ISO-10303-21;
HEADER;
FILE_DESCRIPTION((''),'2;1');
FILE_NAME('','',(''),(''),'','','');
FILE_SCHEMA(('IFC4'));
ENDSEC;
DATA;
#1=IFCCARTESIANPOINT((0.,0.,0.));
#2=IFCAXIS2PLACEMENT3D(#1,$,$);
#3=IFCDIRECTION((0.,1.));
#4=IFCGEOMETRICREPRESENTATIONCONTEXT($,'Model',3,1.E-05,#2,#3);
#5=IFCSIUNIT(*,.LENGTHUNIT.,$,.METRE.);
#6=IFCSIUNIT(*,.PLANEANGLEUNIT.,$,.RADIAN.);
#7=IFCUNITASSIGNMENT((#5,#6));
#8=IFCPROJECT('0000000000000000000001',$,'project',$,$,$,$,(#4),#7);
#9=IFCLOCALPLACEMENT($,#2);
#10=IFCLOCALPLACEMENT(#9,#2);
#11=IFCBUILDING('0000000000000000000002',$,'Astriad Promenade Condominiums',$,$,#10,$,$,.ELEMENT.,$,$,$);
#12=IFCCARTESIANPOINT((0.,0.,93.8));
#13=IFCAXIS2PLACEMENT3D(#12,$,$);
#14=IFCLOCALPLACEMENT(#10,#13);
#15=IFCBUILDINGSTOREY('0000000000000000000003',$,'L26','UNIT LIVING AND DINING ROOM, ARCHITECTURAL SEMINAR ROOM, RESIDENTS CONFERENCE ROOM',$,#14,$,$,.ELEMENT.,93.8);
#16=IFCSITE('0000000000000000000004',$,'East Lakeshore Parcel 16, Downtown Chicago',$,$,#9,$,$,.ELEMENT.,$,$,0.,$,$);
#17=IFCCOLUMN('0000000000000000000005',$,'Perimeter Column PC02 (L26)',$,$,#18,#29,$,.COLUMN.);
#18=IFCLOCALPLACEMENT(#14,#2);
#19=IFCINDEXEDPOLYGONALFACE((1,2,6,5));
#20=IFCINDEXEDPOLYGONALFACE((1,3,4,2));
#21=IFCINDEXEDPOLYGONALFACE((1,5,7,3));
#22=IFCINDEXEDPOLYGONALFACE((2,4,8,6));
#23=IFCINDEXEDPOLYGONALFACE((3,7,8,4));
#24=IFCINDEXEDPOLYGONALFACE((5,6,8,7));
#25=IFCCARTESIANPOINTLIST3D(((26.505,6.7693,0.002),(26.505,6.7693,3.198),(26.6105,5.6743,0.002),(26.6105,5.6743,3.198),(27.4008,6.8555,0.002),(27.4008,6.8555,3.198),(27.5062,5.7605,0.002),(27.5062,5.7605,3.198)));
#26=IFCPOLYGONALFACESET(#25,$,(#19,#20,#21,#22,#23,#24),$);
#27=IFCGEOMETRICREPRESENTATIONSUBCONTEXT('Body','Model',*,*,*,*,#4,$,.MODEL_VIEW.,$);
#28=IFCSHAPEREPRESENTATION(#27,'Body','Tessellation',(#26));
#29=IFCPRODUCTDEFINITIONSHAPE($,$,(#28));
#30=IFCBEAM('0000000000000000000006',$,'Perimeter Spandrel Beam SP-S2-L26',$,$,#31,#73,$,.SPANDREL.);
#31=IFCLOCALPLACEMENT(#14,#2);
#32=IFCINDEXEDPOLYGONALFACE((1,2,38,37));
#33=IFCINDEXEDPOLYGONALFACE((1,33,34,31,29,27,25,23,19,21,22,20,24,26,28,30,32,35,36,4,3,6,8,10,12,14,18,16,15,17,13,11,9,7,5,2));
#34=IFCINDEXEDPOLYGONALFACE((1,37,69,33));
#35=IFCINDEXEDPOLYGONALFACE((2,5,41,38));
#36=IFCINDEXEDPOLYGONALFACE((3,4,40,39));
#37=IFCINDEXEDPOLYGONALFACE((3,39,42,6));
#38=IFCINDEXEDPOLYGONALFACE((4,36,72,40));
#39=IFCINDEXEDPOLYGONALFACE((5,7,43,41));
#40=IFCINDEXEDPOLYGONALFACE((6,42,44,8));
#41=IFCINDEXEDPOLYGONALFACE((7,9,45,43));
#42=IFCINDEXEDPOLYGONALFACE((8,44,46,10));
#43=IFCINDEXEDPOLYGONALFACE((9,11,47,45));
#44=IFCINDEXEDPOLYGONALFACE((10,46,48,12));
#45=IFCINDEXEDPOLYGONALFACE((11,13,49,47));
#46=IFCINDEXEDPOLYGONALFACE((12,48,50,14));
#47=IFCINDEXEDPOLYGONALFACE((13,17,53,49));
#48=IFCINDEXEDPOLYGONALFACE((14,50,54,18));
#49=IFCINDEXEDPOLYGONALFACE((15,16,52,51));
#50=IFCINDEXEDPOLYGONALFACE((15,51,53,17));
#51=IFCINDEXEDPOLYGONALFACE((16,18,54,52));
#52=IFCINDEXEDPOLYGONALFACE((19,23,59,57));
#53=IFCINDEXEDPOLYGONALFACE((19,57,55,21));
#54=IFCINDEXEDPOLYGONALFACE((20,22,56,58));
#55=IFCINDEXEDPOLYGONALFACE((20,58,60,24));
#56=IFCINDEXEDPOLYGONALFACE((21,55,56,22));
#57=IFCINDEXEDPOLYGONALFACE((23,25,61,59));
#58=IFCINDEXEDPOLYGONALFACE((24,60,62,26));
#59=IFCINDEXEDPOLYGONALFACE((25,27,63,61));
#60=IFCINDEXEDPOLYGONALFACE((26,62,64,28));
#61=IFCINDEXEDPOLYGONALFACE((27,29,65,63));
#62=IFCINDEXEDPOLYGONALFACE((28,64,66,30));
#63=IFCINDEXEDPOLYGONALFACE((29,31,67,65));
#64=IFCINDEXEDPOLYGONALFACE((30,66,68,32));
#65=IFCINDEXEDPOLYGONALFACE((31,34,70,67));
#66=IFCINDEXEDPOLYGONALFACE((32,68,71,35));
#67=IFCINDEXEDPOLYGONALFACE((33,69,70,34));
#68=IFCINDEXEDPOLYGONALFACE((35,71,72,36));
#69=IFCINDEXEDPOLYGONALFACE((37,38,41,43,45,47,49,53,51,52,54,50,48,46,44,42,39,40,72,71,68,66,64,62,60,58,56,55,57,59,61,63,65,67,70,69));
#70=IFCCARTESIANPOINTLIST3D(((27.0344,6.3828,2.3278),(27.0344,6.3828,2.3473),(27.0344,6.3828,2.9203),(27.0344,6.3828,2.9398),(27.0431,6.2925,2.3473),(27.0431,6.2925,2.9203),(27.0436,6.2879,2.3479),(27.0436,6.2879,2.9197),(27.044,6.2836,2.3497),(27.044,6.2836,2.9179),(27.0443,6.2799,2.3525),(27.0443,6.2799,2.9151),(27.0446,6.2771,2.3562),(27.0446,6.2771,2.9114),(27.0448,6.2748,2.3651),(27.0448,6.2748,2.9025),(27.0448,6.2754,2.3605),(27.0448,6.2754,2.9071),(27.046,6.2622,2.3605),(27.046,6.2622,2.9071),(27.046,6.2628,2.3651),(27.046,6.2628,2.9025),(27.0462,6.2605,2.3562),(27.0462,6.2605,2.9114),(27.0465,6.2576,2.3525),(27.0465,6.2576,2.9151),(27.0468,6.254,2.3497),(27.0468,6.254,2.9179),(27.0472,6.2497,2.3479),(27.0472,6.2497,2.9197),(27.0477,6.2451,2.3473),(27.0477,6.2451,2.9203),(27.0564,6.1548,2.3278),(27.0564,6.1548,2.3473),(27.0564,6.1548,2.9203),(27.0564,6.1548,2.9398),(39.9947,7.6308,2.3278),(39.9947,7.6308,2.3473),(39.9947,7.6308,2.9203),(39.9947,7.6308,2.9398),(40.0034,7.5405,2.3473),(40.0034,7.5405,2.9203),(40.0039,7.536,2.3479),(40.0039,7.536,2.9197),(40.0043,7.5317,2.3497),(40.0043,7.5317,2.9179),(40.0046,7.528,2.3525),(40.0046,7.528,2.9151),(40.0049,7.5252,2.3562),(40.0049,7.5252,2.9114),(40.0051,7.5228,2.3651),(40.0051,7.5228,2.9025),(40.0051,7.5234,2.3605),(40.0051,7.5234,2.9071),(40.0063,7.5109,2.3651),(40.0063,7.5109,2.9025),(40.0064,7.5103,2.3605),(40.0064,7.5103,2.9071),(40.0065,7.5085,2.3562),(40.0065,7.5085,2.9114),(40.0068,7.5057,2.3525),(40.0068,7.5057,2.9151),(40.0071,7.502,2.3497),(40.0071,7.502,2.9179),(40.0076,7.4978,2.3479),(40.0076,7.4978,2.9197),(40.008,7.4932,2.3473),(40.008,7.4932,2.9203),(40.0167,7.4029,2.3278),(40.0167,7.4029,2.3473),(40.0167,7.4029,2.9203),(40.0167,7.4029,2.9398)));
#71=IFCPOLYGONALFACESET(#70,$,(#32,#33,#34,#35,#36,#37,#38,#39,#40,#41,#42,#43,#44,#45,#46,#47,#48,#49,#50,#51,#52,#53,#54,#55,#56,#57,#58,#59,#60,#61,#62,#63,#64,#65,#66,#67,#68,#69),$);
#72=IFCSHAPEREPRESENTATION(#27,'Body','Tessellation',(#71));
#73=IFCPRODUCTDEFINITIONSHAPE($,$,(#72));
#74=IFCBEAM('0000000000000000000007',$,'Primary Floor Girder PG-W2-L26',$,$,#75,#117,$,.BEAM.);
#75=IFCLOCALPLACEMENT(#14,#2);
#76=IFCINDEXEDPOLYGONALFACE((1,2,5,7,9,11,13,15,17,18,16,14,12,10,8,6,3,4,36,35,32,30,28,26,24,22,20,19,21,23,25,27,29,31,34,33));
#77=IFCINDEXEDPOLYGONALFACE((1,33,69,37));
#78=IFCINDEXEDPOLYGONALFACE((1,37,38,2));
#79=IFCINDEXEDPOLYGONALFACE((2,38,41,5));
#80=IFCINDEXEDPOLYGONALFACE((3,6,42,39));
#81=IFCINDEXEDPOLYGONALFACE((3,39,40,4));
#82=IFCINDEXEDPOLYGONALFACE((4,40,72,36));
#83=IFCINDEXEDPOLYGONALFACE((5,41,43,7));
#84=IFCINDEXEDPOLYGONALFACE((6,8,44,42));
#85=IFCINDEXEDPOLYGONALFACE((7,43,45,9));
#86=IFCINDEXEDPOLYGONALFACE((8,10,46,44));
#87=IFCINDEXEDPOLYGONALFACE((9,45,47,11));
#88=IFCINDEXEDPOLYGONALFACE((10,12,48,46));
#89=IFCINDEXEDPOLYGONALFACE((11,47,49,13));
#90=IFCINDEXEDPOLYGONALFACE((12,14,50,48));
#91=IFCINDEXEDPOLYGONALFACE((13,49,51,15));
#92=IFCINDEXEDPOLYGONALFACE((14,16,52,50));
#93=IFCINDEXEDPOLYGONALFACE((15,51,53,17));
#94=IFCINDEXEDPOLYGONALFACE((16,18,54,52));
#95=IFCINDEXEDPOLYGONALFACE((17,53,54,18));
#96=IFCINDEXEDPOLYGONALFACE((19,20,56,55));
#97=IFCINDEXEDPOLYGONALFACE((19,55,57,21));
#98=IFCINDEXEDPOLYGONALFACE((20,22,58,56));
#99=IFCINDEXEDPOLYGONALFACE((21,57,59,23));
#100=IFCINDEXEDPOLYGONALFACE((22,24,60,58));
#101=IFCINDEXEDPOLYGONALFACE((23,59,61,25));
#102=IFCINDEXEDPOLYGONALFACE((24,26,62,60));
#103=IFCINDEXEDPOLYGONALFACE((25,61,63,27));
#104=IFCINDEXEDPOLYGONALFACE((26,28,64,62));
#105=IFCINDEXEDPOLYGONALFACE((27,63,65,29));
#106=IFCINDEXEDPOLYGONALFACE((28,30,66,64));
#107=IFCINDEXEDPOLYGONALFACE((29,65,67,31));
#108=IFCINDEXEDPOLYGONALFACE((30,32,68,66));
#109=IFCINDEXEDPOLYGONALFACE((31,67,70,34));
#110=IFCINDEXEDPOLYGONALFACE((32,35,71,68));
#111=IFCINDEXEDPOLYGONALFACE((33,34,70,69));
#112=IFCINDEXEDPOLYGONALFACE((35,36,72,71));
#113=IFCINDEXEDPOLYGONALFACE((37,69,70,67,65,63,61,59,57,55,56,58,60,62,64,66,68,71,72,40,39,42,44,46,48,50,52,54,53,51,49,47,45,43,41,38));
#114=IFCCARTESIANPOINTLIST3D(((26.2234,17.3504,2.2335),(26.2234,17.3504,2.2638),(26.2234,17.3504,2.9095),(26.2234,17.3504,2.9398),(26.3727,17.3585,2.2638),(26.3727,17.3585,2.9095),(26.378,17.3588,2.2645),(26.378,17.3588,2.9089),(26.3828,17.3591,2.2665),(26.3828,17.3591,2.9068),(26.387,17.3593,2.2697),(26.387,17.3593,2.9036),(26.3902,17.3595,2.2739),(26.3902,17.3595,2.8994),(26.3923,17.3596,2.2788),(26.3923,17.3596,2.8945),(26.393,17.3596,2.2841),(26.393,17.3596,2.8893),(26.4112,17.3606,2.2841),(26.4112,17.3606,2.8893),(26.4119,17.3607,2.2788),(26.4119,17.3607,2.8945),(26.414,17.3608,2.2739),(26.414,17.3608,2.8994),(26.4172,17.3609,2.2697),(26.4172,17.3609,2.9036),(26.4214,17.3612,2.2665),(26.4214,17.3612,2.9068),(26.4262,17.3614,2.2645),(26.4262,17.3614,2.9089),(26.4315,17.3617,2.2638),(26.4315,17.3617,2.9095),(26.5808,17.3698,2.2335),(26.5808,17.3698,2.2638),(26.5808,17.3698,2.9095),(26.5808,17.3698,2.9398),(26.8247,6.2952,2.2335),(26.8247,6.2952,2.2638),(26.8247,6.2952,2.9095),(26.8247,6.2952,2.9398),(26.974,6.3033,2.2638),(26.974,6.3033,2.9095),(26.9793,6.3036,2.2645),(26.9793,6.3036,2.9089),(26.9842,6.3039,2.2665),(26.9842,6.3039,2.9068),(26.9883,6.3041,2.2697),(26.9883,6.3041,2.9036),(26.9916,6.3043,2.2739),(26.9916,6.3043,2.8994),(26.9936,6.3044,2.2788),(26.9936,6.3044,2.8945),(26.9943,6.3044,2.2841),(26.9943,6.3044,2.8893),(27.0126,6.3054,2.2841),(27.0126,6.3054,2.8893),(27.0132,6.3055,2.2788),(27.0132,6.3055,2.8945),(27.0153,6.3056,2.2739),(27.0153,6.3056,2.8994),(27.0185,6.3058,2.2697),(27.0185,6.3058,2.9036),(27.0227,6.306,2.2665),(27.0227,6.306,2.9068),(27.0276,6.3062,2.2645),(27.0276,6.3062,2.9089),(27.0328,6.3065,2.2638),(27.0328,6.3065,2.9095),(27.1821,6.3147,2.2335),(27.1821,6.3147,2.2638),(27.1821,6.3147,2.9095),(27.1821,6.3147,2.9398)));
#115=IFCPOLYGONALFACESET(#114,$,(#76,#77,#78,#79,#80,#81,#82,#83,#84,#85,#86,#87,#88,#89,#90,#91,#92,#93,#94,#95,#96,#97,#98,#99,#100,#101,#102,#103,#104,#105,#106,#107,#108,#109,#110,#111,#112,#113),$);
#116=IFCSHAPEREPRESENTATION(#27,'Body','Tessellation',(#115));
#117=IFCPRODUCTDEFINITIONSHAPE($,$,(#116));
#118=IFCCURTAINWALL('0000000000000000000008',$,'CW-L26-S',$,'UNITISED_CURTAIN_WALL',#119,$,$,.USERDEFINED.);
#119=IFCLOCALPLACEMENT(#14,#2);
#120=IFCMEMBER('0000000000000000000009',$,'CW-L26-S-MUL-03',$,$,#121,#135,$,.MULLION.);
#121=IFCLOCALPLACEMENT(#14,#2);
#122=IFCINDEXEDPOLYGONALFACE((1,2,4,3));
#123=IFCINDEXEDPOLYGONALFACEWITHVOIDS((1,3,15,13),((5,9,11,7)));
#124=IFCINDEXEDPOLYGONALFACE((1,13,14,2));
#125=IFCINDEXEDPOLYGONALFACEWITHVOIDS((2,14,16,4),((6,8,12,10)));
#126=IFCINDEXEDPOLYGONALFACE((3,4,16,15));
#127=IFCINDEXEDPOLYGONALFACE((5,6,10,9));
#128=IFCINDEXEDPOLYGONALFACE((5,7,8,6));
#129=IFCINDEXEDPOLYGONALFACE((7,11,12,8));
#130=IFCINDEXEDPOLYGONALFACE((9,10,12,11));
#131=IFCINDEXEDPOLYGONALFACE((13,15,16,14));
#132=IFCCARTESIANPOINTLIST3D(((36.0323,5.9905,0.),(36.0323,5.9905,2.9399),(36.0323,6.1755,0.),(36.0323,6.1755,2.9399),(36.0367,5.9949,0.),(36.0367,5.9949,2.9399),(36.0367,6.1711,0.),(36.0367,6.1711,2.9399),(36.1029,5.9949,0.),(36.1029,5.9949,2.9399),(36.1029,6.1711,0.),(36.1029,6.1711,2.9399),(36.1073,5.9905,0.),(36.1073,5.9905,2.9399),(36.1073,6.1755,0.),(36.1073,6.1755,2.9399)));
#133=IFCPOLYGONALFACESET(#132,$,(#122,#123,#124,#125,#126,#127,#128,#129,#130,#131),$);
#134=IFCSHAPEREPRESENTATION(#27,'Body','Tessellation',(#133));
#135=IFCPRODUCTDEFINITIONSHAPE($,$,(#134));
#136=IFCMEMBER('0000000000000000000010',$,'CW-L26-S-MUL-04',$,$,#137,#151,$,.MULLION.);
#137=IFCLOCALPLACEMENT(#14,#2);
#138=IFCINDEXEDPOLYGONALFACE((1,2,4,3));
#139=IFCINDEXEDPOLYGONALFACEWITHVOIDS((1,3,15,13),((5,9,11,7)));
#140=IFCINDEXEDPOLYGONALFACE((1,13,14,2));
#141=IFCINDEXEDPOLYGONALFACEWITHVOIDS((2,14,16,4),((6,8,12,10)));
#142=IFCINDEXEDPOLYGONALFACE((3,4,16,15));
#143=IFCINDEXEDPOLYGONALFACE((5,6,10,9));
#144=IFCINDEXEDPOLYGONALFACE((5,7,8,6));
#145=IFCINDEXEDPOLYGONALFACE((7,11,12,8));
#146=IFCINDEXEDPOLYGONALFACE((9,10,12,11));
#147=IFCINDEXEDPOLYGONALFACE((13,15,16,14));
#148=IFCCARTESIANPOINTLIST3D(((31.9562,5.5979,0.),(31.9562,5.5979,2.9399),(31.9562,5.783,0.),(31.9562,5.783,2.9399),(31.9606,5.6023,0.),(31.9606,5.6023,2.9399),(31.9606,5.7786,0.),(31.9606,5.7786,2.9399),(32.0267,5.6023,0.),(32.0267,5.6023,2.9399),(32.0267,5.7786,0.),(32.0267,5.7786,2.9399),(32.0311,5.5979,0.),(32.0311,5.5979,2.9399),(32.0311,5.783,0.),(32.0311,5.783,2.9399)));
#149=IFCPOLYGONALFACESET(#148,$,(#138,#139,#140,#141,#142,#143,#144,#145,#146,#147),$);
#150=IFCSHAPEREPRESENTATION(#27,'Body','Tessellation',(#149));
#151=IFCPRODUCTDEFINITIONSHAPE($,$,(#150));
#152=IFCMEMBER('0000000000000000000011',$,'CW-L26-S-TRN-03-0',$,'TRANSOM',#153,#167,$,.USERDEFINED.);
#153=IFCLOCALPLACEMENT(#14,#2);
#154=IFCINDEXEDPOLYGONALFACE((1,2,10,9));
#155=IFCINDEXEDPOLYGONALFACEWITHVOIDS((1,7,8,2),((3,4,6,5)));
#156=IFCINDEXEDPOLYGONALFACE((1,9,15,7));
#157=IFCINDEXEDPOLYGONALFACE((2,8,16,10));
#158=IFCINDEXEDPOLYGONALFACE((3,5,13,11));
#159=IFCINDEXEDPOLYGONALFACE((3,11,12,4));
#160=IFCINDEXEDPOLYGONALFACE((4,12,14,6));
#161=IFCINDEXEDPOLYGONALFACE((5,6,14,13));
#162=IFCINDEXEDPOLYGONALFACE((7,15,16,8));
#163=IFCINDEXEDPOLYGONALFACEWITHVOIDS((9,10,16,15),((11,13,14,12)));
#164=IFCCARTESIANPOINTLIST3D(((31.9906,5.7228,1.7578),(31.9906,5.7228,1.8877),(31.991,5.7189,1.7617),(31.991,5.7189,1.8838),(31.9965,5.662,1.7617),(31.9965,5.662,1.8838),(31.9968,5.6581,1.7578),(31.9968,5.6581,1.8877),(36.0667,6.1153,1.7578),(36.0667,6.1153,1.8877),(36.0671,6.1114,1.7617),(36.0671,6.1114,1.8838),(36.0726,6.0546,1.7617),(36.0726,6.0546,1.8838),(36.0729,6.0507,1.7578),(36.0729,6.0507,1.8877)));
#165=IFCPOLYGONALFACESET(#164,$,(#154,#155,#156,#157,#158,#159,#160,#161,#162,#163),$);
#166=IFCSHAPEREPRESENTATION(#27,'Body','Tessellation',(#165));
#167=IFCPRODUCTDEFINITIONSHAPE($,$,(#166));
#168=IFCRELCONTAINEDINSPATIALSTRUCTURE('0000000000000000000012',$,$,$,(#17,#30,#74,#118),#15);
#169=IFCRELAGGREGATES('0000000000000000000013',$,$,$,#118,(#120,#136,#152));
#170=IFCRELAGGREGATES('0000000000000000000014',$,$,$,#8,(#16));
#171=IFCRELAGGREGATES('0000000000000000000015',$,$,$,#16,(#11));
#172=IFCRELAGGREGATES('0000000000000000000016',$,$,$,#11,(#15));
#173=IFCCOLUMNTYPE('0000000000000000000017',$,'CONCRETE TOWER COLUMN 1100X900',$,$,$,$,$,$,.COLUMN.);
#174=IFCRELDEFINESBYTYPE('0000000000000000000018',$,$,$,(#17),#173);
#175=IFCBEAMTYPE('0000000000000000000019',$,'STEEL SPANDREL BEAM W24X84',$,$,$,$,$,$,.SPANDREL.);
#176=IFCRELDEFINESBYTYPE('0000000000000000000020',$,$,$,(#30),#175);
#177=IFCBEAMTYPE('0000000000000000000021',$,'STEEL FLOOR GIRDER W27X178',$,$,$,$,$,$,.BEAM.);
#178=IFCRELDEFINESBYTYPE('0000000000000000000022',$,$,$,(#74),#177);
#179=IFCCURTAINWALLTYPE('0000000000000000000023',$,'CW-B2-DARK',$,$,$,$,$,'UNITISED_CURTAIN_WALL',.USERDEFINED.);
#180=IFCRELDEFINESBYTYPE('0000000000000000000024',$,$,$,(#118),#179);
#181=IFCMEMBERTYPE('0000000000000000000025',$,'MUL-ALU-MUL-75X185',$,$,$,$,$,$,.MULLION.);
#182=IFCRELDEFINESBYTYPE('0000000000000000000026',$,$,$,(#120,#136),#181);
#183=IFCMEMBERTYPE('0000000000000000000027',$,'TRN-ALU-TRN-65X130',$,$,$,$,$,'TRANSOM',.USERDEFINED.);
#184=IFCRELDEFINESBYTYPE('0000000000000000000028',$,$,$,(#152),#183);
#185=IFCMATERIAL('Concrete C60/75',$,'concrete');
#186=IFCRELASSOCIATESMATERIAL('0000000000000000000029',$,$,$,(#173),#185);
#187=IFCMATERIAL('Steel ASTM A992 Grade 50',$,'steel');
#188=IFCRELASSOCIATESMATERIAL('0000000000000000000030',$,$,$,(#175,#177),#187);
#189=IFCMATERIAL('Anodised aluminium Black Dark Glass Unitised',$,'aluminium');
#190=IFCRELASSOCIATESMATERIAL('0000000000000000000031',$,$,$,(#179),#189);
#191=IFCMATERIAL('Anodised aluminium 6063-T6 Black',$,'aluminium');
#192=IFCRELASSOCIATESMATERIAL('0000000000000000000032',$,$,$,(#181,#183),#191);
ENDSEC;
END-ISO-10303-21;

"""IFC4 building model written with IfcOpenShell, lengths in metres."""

from ifc_helpers import new_model, si_unit, direction, frame, origin, origin_2d, place, context, subcontext, project, spatial, rectangle, hollow_rectangle, i_section, extrude, source, transform, mapped, material, material_profile, profile_set, type_object, type_shapes, element, aggregate, save


model = new_model("IFC4")

# Units and contexts
model_context = context("Model", 3, precision=1e-05, world=origin(), true_north=direction((0.0, 1.0)))
body_context = subcontext(model_context, "Body", "Model", "MODEL_VIEW")
ifc_project = project(units=[si_unit("LENGTHUNIT", "METRE"), si_unit("PLANEANGLEUNIT", "RADIAN")], contexts=[model_context])

# Site, building, storey
site_placement = place(None, origin())
site = spatial("IfcSite", under=ifc_project, at=site_placement, Name="East Lakeshore Parcel 16, Downtown Chicago", CompositionType="ELEMENT", RefElevation=0.0)
building_placement = place(site_placement, origin())
building = spatial("IfcBuilding", under=site, at=building_placement, Name="Astriad Promenade Condominiums", CompositionType="ELEMENT")
storey_placement = place(building_placement, frame((0.0, 0.0, 93.8)))
storey = spatial("IfcBuildingStorey", under=building, at=storey_placement, Name="L26", Description="UNIT LIVING AND DINING ROOM, ARCHITECTURAL SEMINAR ROOM, RESIDENTS CONFERENCE ROOM", CompositionType="ELEMENT", Elevation=93.8)

# Column
ifc_material_1 = material(Name="Concrete C60/75", Category="concrete")
ifc_material_profile_1 = material_profile(ifc_material_1, rectangle(XDim=0.8999, YDim=1.1001, at=origin_2d()), Name="RC-COL-1100X900")
ifc_profile_set_1 = profile_set([ifc_material_profile_1], Name="Concrete C60/75")
column_type = type_object("IfcColumnType", Name="CONCRETE TOWER COLUMN 1100X900", PredefinedType="COLUMN", material=ifc_profile_set_1)
shared_shape_1 = source(origin(), body_context, "Body", "SweptSolid", [
    extrude(rectangle(XDim=0.8999, YDim=1.1001, at=origin_2d()), origin(), (0.0, 0.0, 1.0), 3.196),
])
type_shapes(column_type, [shared_shape_1])
column_placement = place(storey_placement, frame((27.0056, 6.2649, 0.002), z_axis=(0.0, 0.0, 1.0), x_axis=(0.995396, 0.095846, 0.0)))
element("IfcColumn", 1, at=column_placement, inside=storey, type_object=column_type, Name="Perimeter Column PC02 (L26)", PredefinedType="COLUMN", context=body_context, shape_type="MappedRepresentation", body=[
    mapped(shared_shape_1, transform((0.0, 0.0, 0.0), scale=1.0)),
])

# Beams
ifc_material_2 = material(Name="Steel ASTM A992 Grade 50", Category="steel")
ifc_material_profile_2 = material_profile(ifc_material_2, i_section(OverallWidth=0.229, OverallDepth=0.6121, WebThickness=0.012, FlangeThickness=0.0195, FilletRadius=0.0178, at=origin_2d()), Name="W24X84")
ifc_profile_set_2 = profile_set([ifc_material_profile_2], Name="Steel ASTM A992 Grade 50")
beam_type_1 = type_object("IfcBeamType", Name="STEEL SPANDREL BEAM W24X84", PredefinedType="SPANDREL", material=ifc_profile_set_2)
shared_shape_2 = source(origin(), body_context, "Body", "SweptSolid", [
    extrude(i_section(OverallWidth=0.229, OverallDepth=0.6121, WebThickness=0.012, FlangeThickness=0.0195, FilletRadius=0.0178, at=origin_2d()), origin(), (0.0, 0.0, 1.0), 13.0203),
])
type_shapes(beam_type_1, [shared_shape_2])
beam_1_placement = place(storey_placement, frame((27.0454, 6.2688, 2.6338), z_axis=(0.995395, 0.095855, 0.0), x_axis=(-0.095855, 0.995395, 0.0)))
element("IfcBeam", 2, at=beam_1_placement, inside=storey, type_object=beam_type_1, Name="Perimeter Spandrel Beam SP-S2-L26", PredefinedType="SPANDREL", context=body_context, shape_type="MappedRepresentation", body=[
    mapped(shared_shape_2, transform((0.0, 0.0, 0.0), scale=1.0)),
])
ifc_material_profile_3 = material_profile(ifc_material_2, i_section(OverallWidth=0.3579, OverallDepth=0.7063, WebThickness=0.0183, FlangeThickness=0.0303, FilletRadius=0.0203, at=origin_2d()), Name="W27X178")
ifc_profile_set_3 = profile_set([ifc_material_profile_3], Name="Steel ASTM A992 Grade 50")
beam_type_2 = type_object("IfcBeamType", Name="STEEL FLOOR GIRDER W27X178", PredefinedType="BEAM", material=ifc_profile_set_3)
shared_shape_3 = source(origin(), body_context, "Body", "SweptSolid", [
    extrude(i_section(OverallWidth=0.3579, OverallDepth=0.7063, WebThickness=0.0183, FlangeThickness=0.0303, FilletRadius=0.0203, at=origin_2d()), origin(), (0.0, 0.0, 1.0), 11.0715),
])
type_shapes(beam_type_2, [shared_shape_3])
beam_2_placement = place(storey_placement, frame((27.0034, 6.3049, 2.5867), z_axis=(-0.054312, 0.998524, 0.0), x_axis=(-0.998524, -0.054312, 0.0)))
element("IfcBeam", 3, at=beam_2_placement, inside=storey, type_object=beam_type_2, Name="Primary Floor Girder PG-W2-L26", PredefinedType="BEAM", context=body_context, shape_type="MappedRepresentation", body=[
    mapped(shared_shape_3, transform((0.0, 0.0, 0.0), scale=1.0)),
])

# Curtain wall, members
ifc_material_3 = material(Name="Anodised aluminium Black Dark Glass Unitised", Category="aluminium")
curtain_wall_type = type_object("IfcCurtainWallType", Name="CW-B2-DARK", ElementType="UNITISED_CURTAIN_WALL", PredefinedType="USERDEFINED", material=ifc_material_3)
curtain_wall_placement = place(storey_placement, origin())
curtain_wall = element("IfcCurtainWall", 4, at=curtain_wall_placement, inside=storey, type_object=curtain_wall_type, Name="CW-L26-S", ObjectType="UNITISED_CURTAIN_WALL", PredefinedType="USERDEFINED")
ifc_material_4 = material(Name="Anodised aluminium 6063-T6 Black", Category="aluminium")
ifc_material_profile_4 = material_profile(ifc_material_4, hollow_rectangle(XDim=0.075, YDim=0.1851, WallThickness=0.0044, at=origin_2d()), Name="ALU-MUL-75X185")
ifc_profile_set_4 = profile_set([ifc_material_profile_4], Name="Anodised aluminium 6063-T6 Black")
member_type_1 = type_object("IfcMemberType", Name="MUL-ALU-MUL-75X185", PredefinedType="MULLION", material=ifc_profile_set_4)
shared_shape_4 = source(origin(), body_context, "Body", "SweptSolid", [
    extrude(hollow_rectangle(XDim=0.075, YDim=0.1851, WallThickness=0.0044, at=origin_2d()), origin(), (0.0, 0.0, 1.0), 2.9399),
])
type_shapes(member_type_1, [shared_shape_4])
member_1_placement = place(storey_placement, frame((36.0698, 6.083, 0.0), z_axis=(0.0, 0.0, 1.0), x_axis=(1.0, 0.0, 0.0)))
member_1 = element("IfcMember", 5, at=member_1_placement, type_object=member_type_1, Name="CW-L26-S-MUL-03", PredefinedType="MULLION", context=body_context, shape_type="MappedRepresentation", body=[
    mapped(shared_shape_4, transform((0.0, 0.0, 0.0), scale=1.0)),
])
member_2_placement = place(storey_placement, frame((31.9937, 5.6904, 0.0), z_axis=(0.0, 0.0, 1.0), x_axis=(1.0, 0.0, 0.0)))
member_2 = element("IfcMember", 6, at=member_2_placement, type_object=member_type_1, Name="CW-L26-S-MUL-04", PredefinedType="MULLION", context=body_context, shape_type="MappedRepresentation", body=[
    mapped(shared_shape_4, transform((0.0, 0.0, 0.0), scale=1.0)),
])
ifc_material_profile_5 = material_profile(ifc_material_4, hollow_rectangle(XDim=0.0649, YDim=0.1299, WallThickness=0.0039, at=origin_2d()), Name="ALU-TRN-65X130")
ifc_profile_set_5 = profile_set([ifc_material_profile_5], Name="Anodised aluminium 6063-T6 Black")
member_type_2 = type_object("IfcMemberType", Name="TRN-ALU-TRN-65X130", ElementType="TRANSOM", PredefinedType="USERDEFINED", material=ifc_profile_set_5)
shared_shape_5 = source(origin(), body_context, "Body", "SweptSolid", [
    extrude(hollow_rectangle(XDim=0.0649, YDim=0.1299, WallThickness=0.0039, at=origin_2d()), origin(), (0.0, 0.0, 1.0), 4.095),
])
type_shapes(member_type_2, [shared_shape_5])
member_3_placement = place(storey_placement, frame((36.0698, 6.083, 1.8228), z_axis=(-0.995394, -0.095867, 0.0), x_axis=(0.095867, -0.995394, 0.0)))
member_3 = element("IfcMember", 7, at=member_3_placement, type_object=member_type_2, Name="CW-L26-S-TRN-03-0", ObjectType="TRANSOM", PredefinedType="USERDEFINED", context=body_context, shape_type="MappedRepresentation", body=[
    mapped(shared_shape_5, transform((0.0, 0.0, 0.0), scale=1.0)),
])
aggregate(curtain_wall, [member_1, member_2, member_3])

save(model, "model.ifc")
